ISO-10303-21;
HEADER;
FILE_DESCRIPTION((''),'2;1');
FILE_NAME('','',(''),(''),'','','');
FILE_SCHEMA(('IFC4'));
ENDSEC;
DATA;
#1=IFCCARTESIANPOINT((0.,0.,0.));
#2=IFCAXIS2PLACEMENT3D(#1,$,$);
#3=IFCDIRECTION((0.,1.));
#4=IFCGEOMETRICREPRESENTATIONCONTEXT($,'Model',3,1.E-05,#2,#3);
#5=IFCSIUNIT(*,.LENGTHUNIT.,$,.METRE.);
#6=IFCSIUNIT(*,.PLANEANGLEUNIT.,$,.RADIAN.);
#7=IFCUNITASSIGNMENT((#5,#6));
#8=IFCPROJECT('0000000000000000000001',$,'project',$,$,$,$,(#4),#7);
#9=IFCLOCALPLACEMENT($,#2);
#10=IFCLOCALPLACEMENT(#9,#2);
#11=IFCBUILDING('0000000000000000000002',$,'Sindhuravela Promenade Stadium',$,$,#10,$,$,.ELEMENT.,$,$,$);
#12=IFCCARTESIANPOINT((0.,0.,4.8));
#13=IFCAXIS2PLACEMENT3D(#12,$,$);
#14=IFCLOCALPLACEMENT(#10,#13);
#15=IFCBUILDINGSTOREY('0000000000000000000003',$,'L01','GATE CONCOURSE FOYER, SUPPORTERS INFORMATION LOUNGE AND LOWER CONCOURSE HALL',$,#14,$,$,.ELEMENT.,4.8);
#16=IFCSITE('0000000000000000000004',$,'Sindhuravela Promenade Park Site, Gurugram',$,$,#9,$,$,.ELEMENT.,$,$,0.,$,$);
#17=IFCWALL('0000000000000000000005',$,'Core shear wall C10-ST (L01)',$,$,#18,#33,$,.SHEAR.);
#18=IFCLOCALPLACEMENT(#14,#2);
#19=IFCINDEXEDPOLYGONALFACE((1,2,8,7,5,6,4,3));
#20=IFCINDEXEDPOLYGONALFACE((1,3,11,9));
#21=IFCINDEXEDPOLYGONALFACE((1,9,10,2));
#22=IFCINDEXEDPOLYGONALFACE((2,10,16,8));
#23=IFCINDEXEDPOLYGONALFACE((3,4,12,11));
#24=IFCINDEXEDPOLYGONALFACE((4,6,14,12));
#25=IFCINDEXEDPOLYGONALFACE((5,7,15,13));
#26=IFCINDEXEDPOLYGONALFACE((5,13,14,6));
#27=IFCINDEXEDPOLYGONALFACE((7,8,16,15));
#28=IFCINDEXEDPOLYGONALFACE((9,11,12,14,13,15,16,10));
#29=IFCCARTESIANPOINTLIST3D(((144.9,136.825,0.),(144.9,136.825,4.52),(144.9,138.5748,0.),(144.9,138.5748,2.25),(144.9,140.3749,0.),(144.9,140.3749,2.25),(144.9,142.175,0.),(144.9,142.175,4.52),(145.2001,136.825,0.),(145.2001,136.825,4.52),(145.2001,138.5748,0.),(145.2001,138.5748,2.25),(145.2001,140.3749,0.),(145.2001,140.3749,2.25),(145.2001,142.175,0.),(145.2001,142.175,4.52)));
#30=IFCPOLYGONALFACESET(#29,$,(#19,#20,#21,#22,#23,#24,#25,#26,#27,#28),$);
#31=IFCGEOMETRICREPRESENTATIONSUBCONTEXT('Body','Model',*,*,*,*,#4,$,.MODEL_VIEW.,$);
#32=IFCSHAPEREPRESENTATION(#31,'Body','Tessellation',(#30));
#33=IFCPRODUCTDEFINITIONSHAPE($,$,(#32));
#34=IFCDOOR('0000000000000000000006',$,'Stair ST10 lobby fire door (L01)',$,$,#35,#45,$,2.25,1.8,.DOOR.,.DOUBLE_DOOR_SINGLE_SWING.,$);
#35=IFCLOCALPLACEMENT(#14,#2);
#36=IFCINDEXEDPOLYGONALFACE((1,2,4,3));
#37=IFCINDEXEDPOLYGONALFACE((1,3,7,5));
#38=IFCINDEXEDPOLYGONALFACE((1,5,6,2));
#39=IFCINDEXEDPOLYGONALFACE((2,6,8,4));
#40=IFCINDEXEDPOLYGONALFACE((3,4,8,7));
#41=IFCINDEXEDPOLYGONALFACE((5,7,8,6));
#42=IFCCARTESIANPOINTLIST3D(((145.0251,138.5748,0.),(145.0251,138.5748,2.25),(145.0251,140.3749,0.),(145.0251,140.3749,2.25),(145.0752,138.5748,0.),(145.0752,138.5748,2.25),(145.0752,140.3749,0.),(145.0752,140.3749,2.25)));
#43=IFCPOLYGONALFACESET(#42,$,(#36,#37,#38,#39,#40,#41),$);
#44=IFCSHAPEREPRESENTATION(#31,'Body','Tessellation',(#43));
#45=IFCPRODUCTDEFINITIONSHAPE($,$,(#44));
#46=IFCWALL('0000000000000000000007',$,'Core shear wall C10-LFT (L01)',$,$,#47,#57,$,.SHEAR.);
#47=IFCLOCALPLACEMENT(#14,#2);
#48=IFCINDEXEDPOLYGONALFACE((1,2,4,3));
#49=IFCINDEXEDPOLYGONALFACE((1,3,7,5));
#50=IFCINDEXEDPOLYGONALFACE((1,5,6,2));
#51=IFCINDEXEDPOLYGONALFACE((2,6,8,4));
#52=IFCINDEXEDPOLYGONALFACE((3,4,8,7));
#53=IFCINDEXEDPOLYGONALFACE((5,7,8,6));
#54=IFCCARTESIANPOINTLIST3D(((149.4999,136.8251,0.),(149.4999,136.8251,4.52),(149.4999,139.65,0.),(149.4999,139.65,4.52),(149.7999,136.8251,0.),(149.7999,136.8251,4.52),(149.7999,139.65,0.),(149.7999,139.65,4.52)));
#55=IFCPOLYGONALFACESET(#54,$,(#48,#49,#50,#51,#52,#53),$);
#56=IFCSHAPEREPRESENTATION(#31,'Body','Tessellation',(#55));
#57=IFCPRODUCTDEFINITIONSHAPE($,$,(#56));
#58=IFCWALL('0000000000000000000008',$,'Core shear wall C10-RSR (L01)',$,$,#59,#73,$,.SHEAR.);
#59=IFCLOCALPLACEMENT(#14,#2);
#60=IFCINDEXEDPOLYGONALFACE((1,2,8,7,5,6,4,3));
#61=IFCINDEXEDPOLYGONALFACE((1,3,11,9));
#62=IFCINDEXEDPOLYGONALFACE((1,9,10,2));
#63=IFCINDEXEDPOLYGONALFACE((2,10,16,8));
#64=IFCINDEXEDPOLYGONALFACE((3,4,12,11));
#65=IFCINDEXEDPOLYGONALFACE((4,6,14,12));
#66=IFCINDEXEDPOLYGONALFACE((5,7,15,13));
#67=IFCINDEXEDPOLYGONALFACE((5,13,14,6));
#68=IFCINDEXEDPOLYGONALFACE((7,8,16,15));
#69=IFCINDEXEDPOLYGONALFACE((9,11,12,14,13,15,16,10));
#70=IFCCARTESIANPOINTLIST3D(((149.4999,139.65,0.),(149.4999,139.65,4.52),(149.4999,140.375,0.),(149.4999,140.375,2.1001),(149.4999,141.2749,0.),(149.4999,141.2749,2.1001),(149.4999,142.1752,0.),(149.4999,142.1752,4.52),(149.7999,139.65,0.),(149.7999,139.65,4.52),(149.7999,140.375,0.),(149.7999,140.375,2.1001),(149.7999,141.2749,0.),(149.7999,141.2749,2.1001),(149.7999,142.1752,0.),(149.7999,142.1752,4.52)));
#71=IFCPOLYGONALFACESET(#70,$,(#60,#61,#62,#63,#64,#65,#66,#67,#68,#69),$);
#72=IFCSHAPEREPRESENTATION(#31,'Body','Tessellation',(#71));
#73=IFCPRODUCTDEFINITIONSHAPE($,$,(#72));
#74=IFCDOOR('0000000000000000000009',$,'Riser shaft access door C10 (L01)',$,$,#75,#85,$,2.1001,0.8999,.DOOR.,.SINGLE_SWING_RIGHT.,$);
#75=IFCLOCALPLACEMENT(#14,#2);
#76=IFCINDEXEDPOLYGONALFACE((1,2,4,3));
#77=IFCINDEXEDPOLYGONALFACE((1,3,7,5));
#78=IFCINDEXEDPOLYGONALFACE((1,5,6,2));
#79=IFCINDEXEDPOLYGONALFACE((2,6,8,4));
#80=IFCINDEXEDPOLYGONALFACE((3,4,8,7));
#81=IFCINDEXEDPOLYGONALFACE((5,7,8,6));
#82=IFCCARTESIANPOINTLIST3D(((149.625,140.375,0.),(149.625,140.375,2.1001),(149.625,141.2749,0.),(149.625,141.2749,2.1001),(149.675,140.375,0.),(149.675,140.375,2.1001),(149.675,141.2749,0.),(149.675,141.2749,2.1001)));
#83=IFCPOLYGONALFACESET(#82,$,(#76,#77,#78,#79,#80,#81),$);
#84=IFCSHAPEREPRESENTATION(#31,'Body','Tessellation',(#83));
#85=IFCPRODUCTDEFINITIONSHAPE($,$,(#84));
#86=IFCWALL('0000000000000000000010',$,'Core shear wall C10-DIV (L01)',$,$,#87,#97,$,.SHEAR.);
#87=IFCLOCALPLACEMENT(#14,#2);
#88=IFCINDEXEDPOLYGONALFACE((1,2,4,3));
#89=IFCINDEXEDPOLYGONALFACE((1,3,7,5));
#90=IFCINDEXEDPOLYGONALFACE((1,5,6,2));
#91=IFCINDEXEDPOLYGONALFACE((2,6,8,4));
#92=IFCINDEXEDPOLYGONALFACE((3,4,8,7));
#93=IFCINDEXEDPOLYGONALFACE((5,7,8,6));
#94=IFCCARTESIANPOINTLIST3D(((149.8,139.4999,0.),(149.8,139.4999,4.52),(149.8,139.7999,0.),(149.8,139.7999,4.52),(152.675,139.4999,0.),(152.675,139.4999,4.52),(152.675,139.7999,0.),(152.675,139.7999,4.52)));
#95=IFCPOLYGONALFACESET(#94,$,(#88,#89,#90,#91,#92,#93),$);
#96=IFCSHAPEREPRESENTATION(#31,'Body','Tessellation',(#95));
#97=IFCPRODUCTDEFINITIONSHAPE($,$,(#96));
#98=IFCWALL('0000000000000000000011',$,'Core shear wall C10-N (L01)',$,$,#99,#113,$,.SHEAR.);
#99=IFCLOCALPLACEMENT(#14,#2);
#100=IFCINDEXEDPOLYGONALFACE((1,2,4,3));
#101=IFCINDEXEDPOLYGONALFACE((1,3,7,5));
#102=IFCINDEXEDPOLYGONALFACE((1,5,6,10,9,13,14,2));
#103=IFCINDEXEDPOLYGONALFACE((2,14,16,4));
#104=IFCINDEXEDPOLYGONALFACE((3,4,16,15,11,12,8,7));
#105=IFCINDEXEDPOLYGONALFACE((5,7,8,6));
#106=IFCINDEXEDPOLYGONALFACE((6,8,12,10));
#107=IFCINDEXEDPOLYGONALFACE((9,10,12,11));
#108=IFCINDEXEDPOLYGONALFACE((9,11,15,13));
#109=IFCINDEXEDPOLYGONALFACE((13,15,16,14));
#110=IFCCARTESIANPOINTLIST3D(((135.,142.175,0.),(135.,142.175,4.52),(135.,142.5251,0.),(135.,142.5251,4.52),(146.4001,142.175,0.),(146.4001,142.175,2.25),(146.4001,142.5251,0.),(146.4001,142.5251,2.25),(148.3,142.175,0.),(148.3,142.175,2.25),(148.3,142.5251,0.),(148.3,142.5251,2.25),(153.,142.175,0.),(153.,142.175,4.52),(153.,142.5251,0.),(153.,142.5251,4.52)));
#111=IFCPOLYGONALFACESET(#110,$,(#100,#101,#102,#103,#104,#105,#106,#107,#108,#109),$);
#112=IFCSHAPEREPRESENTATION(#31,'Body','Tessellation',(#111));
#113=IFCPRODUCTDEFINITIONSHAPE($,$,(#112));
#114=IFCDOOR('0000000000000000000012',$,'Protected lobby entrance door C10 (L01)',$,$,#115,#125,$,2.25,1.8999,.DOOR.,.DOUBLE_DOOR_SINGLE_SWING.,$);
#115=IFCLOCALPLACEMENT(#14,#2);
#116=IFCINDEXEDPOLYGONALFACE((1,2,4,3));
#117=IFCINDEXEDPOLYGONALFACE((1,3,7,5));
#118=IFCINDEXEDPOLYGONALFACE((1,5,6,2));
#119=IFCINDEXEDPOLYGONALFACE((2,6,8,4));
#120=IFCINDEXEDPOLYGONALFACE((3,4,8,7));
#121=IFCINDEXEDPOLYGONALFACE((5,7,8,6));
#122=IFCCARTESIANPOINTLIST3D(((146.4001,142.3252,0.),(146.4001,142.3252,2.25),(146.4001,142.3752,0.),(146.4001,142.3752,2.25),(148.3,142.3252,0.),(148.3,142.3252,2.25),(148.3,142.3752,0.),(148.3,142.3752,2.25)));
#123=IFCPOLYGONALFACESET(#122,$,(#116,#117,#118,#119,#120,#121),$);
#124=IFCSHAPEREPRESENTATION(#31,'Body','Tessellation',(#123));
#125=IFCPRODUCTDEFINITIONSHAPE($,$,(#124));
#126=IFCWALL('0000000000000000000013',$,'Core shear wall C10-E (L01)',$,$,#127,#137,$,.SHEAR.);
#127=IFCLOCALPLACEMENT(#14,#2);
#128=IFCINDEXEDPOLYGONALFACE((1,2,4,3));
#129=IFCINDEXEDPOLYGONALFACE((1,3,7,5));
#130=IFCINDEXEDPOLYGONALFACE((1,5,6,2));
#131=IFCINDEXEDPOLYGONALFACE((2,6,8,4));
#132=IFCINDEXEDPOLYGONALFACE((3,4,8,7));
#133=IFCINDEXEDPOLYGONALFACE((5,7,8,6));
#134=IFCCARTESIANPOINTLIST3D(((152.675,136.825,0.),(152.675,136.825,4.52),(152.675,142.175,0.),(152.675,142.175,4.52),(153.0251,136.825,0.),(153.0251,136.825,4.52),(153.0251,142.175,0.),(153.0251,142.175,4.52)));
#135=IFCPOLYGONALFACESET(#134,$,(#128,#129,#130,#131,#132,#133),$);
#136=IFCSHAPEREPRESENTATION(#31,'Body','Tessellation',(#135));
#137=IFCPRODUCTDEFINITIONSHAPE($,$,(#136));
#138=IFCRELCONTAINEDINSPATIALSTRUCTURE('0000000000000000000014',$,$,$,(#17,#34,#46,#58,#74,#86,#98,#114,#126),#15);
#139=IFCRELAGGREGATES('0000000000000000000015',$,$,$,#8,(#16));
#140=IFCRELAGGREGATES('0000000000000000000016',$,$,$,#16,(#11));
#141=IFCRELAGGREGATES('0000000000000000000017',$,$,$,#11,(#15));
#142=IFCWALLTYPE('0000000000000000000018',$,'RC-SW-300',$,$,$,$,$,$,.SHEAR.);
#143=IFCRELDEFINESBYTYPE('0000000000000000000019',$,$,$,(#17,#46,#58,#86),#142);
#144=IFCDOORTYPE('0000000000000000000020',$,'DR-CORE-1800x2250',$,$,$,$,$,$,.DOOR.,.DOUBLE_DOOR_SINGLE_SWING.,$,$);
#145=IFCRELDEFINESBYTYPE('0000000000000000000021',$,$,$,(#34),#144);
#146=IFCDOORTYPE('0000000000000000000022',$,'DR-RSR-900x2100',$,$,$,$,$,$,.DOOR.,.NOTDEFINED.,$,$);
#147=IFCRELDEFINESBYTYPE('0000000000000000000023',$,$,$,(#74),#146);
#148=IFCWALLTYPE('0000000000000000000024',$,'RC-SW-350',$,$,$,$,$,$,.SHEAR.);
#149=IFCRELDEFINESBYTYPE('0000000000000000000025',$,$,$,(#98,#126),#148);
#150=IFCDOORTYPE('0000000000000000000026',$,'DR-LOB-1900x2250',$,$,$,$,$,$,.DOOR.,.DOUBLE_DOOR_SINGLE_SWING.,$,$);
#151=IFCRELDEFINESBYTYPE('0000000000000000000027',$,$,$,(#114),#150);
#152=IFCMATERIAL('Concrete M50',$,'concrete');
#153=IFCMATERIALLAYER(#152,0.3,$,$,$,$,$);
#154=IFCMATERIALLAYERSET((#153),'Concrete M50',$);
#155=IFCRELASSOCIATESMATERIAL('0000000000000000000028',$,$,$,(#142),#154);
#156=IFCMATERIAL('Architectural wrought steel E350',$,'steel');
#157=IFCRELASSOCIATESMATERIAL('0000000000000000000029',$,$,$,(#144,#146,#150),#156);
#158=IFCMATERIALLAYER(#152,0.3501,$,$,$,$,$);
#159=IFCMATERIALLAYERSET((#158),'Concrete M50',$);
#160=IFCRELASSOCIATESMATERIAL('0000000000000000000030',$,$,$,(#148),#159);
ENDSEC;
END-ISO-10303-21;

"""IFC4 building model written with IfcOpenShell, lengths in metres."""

from ifc_helpers import new_model, si_unit, direction, frame, frame_2d, origin, place, context, subcontext, project, spatial, rectangle, extrude, material, layer, layer_set, type_object, element, fill, save


model = new_model("IFC4")

# Units and contexts
model_context = context("Model", 3, precision=1e-05, world=origin(), true_north=direction((0.0, 1.0)))
body_context = subcontext(model_context, "Body", "Model", "MODEL_VIEW")
ifc_project = project(units=[si_unit("LENGTHUNIT", "METRE"), si_unit("PLANEANGLEUNIT", "RADIAN")], contexts=[model_context])

# Site, building, storey
site_placement = place(None, origin())
site = spatial("IfcSite", under=ifc_project, at=site_placement, Name="Sindhuravela Promenade Park Site, Gurugram", CompositionType="ELEMENT", RefElevation=0.0)
building_placement = place(site_placement, origin())
building = spatial("IfcBuilding", under=site, at=building_placement, Name="Sindhuravela Promenade Stadium", CompositionType="ELEMENT")
storey_placement = place(building_placement, frame((0.0, 0.0, 4.8)))
storey = spatial("IfcBuildingStorey", under=building, at=storey_placement, Name="L01", Description="GATE CONCOURSE FOYER, SUPPORTERS INFORMATION LOUNGE AND LOWER CONCOURSE HALL", CompositionType="ELEMENT", Elevation=4.8)

# Wall, opening, door
ifc_material_1 = material(Name="Concrete M50", Category="concrete")
ifc_layer_1 = layer(ifc_material_1, 0.3)
ifc_layer_set_1 = layer_set([ifc_layer_1], Name="Concrete M50")
wall_type_1 = type_object("IfcWallType", Name="RC-SW-300", PredefinedType="SHEAR", material=ifc_layer_set_1)
wall_1_placement = place(storey_placement, frame((145.05, 136.825, 0.0), z_axis=(0.0, 0.0, 1.0), x_axis=(0.0, 1.0, 0.0)))
wall_1 = element("IfcWall", 1, at=wall_1_placement, inside=storey, type_object=wall_type_1, Name="Core shear wall C10-ST (L01)", PredefinedType="SHEAR", context=body_context, shape_type="SweptSolid", body=[
    extrude(rectangle(XDim=5.3501, YDim=0.3, at=frame_2d((2.675, 0.0))), origin(), (0.0, 0.0, 1.0), 4.52),
])
opening_1_placement = place(wall_1_placement, frame((1.75, 0.0, 0.0)))
opening_1 = element("IfcOpeningElement", 2, at=opening_1_placement, cuts=wall_1, PredefinedType="OPENING", context=body_context, shape_type="SweptSolid", body=[
    extrude(rectangle(XDim=1.8, YDim=2.25, at=frame_2d((0.8999, 1.125))), frame((0.0, 0.1599, 0.0), z_axis=(0.0, -1.0, 0.0), x_axis=(1.0, 0.0, 0.0)), (0.0, 0.0, 1.0), 0.3201),
])
ifc_material_2 = material(Name="Architectural wrought steel E350", Category="steel")
door_type_1 = type_object("IfcDoorType", Name="DR-CORE-1800x2250", OperationType="DOUBLE_DOOR_SINGLE_SWING", PredefinedType="DOOR", material=ifc_material_2)
door_1_placement = place(opening_1_placement, origin())
door_1 = element("IfcDoor", 3, at=door_1_placement, inside=storey, type_object=door_type_1, Name="Stair ST10 lobby fire door (L01)", OperationType="DOUBLE_DOOR_SINGLE_SWING", OverallHeight=2.25, OverallWidth=1.8, PredefinedType="DOOR", context=body_context, shape_type="SweptSolid", body=[
    extrude(rectangle(XDim=1.8, YDim=2.25, at=frame_2d((0.8999, 1.125))), frame((0.0, 0.0249, 0.0), z_axis=(0.0, -1.0, 0.0), x_axis=(1.0, 0.0, 0.0)), (0.0, 0.0, 1.0), 0.05),
])
fill(opening_1, door_1)

# Wall
wall_2_placement = place(storey_placement, frame((149.6499, 136.825, 0.0), z_axis=(0.0, 0.0, 1.0), x_axis=(0.0, 1.0, 0.0)))
element("IfcWall", 4, at=wall_2_placement, inside=storey, type_object=wall_type_1, Name="Core shear wall C10-LFT (L01)", PredefinedType="SHEAR", context=body_context, shape_type="SweptSolid", body=[
    extrude(rectangle(XDim=2.825, YDim=0.3, at=frame_2d((1.4126, 0.0))), origin(), (0.0, 0.0, 1.0), 4.52),
])

# Wall, opening, door
wall_3_placement = place(storey_placement, frame((149.6499, 139.6499, 0.0), z_axis=(0.0, 0.0, 1.0), x_axis=(0.0, 1.0, 0.0)))
wall_3 = element("IfcWall", 5, at=wall_3_placement, inside=storey, type_object=wall_type_1, Name="Core shear wall C10-RSR (L01)", PredefinedType="SHEAR", context=body_context, shape_type="SweptSolid", body=[
    extrude(rectangle(XDim=2.5251, YDim=0.3, at=frame_2d((1.2627, 0.0))), origin(), (0.0, 0.0, 1.0), 4.52),
])
opening_2_placement = place(wall_3_placement, frame((0.7251, 0.0, 0.0)))
opening_2 = element("IfcOpeningElement", 6, at=opening_2_placement, cuts=wall_3, PredefinedType="OPENING", context=body_context, shape_type="SweptSolid", body=[
    extrude(rectangle(XDim=0.8999, YDim=2.1001, at=frame_2d((0.45, 1.05))), frame((0.0, 0.1599, 0.0), z_axis=(0.0, -1.0, 0.0), x_axis=(1.0, 0.0, 0.0)), (0.0, 0.0, 1.0), 0.3201),
])
door_type_2 = type_object("IfcDoorType", Name="DR-RSR-900x2100", OperationType="NOTDEFINED", PredefinedType="DOOR", material=ifc_material_2)
door_2_placement = place(opening_2_placement, origin())
door_2 = element("IfcDoor", 7, at=door_2_placement, inside=storey, type_object=door_type_2, Name="Riser shaft access door C10 (L01)", OperationType="SINGLE_SWING_RIGHT", OverallHeight=2.1001, OverallWidth=0.8999, PredefinedType="DOOR", context=body_context, shape_type="SweptSolid", body=[
    extrude(rectangle(XDim=0.8999, YDim=2.1001, at=frame_2d((0.45, 1.05))), frame((0.0, 0.0249, 0.0), z_axis=(0.0, -1.0, 0.0), x_axis=(1.0, 0.0, 0.0)), (0.0, 0.0, 1.0), 0.05),
])
fill(opening_2, door_2)

# Wall
wall_4_placement = place(storey_placement, frame((149.8, 139.6499, 0.0), z_axis=(0.0, 0.0, 1.0), x_axis=(1.0, 0.0, 0.0)))
element("IfcWall", 8, at=wall_4_placement, inside=storey, type_object=wall_type_1, Name="Core shear wall C10-DIV (L01)", PredefinedType="SHEAR", context=body_context, shape_type="SweptSolid", body=[
    extrude(rectangle(XDim=2.875, YDim=0.3, at=frame_2d((1.4375, 0.0))), origin(), (0.0, 0.0, 1.0), 4.52),
])

# Wall, opening, door
ifc_layer_2 = layer(ifc_material_1, 0.3501)
ifc_layer_set_2 = layer_set([ifc_layer_2], Name="Concrete M50")
wall_type_2 = type_object("IfcWallType", Name="RC-SW-350", PredefinedType="SHEAR", material=ifc_layer_set_2)
wall_5_placement = place(storey_placement, frame((153.0, 142.3501, 0.0), z_axis=(0.0, 0.0, 1.0), x_axis=(-1.0, 0.0, 0.0)))
wall_5 = element("IfcWall", 9, at=wall_5_placement, inside=storey, type_object=wall_type_2, Name="Core shear wall C10-N (L01)", PredefinedType="SHEAR", context=body_context, shape_type="SweptSolid", body=[
    extrude(rectangle(XDim=18.0, YDim=0.3501, at=frame_2d((9.0, 0.0))), origin(), (0.0, 0.0, 1.0), 4.52),
])
opening_3_placement = place(wall_5_placement, frame((4.7, 0.0, 0.0)))
opening_3 = element("IfcOpeningElement", 10, at=opening_3_placement, cuts=wall_5, PredefinedType="OPENING", context=body_context, shape_type="SweptSolid", body=[
    extrude(rectangle(XDim=1.8999, YDim=2.25, at=frame_2d((0.95, 1.125))), frame((0.0, 0.1851, 0.0), z_axis=(0.0, -1.0, 0.0), x_axis=(1.0, 0.0, 0.0)), (0.0, 0.0, 1.0), 0.3701),
])
door_type_3 = type_object("IfcDoorType", Name="DR-LOB-1900x2250", OperationType="DOUBLE_DOOR_SINGLE_SWING", PredefinedType="DOOR", material=ifc_material_2)
door_3_placement = place(opening_3_placement, origin())
door_3 = element("IfcDoor", 11, at=door_3_placement, inside=storey, type_object=door_type_3, Name="Protected lobby entrance door C10 (L01)", OperationType="DOUBLE_DOOR_SINGLE_SWING", OverallHeight=2.25, OverallWidth=1.8999, PredefinedType="DOOR", context=body_context, shape_type="SweptSolid", body=[
    extrude(rectangle(XDim=1.8999, YDim=2.25, at=frame_2d((0.95, 1.125))), frame((0.0, 0.0249, 0.0), z_axis=(0.0, -1.0, 0.0), x_axis=(1.0, 0.0, 0.0)), (0.0, 0.0, 1.0), 0.05),
])
fill(opening_3, door_3)

# Wall
wall_6_placement = place(storey_placement, frame((152.8501, 136.825, 0.0), z_axis=(0.0, 0.0, 1.0), x_axis=(0.0, 1.0, 0.0)))
element("IfcWall", 12, at=wall_6_placement, inside=storey, type_object=wall_type_2, Name="Core shear wall C10-E (L01)", PredefinedType="SHEAR", context=body_context, shape_type="SweptSolid", body=[
    extrude(rectangle(XDim=5.3501, YDim=0.3501, at=frame_2d((2.675, 0.0))), origin(), (0.0, 0.0, 1.0), 4.52),
])

save(model, "model.ifc")
